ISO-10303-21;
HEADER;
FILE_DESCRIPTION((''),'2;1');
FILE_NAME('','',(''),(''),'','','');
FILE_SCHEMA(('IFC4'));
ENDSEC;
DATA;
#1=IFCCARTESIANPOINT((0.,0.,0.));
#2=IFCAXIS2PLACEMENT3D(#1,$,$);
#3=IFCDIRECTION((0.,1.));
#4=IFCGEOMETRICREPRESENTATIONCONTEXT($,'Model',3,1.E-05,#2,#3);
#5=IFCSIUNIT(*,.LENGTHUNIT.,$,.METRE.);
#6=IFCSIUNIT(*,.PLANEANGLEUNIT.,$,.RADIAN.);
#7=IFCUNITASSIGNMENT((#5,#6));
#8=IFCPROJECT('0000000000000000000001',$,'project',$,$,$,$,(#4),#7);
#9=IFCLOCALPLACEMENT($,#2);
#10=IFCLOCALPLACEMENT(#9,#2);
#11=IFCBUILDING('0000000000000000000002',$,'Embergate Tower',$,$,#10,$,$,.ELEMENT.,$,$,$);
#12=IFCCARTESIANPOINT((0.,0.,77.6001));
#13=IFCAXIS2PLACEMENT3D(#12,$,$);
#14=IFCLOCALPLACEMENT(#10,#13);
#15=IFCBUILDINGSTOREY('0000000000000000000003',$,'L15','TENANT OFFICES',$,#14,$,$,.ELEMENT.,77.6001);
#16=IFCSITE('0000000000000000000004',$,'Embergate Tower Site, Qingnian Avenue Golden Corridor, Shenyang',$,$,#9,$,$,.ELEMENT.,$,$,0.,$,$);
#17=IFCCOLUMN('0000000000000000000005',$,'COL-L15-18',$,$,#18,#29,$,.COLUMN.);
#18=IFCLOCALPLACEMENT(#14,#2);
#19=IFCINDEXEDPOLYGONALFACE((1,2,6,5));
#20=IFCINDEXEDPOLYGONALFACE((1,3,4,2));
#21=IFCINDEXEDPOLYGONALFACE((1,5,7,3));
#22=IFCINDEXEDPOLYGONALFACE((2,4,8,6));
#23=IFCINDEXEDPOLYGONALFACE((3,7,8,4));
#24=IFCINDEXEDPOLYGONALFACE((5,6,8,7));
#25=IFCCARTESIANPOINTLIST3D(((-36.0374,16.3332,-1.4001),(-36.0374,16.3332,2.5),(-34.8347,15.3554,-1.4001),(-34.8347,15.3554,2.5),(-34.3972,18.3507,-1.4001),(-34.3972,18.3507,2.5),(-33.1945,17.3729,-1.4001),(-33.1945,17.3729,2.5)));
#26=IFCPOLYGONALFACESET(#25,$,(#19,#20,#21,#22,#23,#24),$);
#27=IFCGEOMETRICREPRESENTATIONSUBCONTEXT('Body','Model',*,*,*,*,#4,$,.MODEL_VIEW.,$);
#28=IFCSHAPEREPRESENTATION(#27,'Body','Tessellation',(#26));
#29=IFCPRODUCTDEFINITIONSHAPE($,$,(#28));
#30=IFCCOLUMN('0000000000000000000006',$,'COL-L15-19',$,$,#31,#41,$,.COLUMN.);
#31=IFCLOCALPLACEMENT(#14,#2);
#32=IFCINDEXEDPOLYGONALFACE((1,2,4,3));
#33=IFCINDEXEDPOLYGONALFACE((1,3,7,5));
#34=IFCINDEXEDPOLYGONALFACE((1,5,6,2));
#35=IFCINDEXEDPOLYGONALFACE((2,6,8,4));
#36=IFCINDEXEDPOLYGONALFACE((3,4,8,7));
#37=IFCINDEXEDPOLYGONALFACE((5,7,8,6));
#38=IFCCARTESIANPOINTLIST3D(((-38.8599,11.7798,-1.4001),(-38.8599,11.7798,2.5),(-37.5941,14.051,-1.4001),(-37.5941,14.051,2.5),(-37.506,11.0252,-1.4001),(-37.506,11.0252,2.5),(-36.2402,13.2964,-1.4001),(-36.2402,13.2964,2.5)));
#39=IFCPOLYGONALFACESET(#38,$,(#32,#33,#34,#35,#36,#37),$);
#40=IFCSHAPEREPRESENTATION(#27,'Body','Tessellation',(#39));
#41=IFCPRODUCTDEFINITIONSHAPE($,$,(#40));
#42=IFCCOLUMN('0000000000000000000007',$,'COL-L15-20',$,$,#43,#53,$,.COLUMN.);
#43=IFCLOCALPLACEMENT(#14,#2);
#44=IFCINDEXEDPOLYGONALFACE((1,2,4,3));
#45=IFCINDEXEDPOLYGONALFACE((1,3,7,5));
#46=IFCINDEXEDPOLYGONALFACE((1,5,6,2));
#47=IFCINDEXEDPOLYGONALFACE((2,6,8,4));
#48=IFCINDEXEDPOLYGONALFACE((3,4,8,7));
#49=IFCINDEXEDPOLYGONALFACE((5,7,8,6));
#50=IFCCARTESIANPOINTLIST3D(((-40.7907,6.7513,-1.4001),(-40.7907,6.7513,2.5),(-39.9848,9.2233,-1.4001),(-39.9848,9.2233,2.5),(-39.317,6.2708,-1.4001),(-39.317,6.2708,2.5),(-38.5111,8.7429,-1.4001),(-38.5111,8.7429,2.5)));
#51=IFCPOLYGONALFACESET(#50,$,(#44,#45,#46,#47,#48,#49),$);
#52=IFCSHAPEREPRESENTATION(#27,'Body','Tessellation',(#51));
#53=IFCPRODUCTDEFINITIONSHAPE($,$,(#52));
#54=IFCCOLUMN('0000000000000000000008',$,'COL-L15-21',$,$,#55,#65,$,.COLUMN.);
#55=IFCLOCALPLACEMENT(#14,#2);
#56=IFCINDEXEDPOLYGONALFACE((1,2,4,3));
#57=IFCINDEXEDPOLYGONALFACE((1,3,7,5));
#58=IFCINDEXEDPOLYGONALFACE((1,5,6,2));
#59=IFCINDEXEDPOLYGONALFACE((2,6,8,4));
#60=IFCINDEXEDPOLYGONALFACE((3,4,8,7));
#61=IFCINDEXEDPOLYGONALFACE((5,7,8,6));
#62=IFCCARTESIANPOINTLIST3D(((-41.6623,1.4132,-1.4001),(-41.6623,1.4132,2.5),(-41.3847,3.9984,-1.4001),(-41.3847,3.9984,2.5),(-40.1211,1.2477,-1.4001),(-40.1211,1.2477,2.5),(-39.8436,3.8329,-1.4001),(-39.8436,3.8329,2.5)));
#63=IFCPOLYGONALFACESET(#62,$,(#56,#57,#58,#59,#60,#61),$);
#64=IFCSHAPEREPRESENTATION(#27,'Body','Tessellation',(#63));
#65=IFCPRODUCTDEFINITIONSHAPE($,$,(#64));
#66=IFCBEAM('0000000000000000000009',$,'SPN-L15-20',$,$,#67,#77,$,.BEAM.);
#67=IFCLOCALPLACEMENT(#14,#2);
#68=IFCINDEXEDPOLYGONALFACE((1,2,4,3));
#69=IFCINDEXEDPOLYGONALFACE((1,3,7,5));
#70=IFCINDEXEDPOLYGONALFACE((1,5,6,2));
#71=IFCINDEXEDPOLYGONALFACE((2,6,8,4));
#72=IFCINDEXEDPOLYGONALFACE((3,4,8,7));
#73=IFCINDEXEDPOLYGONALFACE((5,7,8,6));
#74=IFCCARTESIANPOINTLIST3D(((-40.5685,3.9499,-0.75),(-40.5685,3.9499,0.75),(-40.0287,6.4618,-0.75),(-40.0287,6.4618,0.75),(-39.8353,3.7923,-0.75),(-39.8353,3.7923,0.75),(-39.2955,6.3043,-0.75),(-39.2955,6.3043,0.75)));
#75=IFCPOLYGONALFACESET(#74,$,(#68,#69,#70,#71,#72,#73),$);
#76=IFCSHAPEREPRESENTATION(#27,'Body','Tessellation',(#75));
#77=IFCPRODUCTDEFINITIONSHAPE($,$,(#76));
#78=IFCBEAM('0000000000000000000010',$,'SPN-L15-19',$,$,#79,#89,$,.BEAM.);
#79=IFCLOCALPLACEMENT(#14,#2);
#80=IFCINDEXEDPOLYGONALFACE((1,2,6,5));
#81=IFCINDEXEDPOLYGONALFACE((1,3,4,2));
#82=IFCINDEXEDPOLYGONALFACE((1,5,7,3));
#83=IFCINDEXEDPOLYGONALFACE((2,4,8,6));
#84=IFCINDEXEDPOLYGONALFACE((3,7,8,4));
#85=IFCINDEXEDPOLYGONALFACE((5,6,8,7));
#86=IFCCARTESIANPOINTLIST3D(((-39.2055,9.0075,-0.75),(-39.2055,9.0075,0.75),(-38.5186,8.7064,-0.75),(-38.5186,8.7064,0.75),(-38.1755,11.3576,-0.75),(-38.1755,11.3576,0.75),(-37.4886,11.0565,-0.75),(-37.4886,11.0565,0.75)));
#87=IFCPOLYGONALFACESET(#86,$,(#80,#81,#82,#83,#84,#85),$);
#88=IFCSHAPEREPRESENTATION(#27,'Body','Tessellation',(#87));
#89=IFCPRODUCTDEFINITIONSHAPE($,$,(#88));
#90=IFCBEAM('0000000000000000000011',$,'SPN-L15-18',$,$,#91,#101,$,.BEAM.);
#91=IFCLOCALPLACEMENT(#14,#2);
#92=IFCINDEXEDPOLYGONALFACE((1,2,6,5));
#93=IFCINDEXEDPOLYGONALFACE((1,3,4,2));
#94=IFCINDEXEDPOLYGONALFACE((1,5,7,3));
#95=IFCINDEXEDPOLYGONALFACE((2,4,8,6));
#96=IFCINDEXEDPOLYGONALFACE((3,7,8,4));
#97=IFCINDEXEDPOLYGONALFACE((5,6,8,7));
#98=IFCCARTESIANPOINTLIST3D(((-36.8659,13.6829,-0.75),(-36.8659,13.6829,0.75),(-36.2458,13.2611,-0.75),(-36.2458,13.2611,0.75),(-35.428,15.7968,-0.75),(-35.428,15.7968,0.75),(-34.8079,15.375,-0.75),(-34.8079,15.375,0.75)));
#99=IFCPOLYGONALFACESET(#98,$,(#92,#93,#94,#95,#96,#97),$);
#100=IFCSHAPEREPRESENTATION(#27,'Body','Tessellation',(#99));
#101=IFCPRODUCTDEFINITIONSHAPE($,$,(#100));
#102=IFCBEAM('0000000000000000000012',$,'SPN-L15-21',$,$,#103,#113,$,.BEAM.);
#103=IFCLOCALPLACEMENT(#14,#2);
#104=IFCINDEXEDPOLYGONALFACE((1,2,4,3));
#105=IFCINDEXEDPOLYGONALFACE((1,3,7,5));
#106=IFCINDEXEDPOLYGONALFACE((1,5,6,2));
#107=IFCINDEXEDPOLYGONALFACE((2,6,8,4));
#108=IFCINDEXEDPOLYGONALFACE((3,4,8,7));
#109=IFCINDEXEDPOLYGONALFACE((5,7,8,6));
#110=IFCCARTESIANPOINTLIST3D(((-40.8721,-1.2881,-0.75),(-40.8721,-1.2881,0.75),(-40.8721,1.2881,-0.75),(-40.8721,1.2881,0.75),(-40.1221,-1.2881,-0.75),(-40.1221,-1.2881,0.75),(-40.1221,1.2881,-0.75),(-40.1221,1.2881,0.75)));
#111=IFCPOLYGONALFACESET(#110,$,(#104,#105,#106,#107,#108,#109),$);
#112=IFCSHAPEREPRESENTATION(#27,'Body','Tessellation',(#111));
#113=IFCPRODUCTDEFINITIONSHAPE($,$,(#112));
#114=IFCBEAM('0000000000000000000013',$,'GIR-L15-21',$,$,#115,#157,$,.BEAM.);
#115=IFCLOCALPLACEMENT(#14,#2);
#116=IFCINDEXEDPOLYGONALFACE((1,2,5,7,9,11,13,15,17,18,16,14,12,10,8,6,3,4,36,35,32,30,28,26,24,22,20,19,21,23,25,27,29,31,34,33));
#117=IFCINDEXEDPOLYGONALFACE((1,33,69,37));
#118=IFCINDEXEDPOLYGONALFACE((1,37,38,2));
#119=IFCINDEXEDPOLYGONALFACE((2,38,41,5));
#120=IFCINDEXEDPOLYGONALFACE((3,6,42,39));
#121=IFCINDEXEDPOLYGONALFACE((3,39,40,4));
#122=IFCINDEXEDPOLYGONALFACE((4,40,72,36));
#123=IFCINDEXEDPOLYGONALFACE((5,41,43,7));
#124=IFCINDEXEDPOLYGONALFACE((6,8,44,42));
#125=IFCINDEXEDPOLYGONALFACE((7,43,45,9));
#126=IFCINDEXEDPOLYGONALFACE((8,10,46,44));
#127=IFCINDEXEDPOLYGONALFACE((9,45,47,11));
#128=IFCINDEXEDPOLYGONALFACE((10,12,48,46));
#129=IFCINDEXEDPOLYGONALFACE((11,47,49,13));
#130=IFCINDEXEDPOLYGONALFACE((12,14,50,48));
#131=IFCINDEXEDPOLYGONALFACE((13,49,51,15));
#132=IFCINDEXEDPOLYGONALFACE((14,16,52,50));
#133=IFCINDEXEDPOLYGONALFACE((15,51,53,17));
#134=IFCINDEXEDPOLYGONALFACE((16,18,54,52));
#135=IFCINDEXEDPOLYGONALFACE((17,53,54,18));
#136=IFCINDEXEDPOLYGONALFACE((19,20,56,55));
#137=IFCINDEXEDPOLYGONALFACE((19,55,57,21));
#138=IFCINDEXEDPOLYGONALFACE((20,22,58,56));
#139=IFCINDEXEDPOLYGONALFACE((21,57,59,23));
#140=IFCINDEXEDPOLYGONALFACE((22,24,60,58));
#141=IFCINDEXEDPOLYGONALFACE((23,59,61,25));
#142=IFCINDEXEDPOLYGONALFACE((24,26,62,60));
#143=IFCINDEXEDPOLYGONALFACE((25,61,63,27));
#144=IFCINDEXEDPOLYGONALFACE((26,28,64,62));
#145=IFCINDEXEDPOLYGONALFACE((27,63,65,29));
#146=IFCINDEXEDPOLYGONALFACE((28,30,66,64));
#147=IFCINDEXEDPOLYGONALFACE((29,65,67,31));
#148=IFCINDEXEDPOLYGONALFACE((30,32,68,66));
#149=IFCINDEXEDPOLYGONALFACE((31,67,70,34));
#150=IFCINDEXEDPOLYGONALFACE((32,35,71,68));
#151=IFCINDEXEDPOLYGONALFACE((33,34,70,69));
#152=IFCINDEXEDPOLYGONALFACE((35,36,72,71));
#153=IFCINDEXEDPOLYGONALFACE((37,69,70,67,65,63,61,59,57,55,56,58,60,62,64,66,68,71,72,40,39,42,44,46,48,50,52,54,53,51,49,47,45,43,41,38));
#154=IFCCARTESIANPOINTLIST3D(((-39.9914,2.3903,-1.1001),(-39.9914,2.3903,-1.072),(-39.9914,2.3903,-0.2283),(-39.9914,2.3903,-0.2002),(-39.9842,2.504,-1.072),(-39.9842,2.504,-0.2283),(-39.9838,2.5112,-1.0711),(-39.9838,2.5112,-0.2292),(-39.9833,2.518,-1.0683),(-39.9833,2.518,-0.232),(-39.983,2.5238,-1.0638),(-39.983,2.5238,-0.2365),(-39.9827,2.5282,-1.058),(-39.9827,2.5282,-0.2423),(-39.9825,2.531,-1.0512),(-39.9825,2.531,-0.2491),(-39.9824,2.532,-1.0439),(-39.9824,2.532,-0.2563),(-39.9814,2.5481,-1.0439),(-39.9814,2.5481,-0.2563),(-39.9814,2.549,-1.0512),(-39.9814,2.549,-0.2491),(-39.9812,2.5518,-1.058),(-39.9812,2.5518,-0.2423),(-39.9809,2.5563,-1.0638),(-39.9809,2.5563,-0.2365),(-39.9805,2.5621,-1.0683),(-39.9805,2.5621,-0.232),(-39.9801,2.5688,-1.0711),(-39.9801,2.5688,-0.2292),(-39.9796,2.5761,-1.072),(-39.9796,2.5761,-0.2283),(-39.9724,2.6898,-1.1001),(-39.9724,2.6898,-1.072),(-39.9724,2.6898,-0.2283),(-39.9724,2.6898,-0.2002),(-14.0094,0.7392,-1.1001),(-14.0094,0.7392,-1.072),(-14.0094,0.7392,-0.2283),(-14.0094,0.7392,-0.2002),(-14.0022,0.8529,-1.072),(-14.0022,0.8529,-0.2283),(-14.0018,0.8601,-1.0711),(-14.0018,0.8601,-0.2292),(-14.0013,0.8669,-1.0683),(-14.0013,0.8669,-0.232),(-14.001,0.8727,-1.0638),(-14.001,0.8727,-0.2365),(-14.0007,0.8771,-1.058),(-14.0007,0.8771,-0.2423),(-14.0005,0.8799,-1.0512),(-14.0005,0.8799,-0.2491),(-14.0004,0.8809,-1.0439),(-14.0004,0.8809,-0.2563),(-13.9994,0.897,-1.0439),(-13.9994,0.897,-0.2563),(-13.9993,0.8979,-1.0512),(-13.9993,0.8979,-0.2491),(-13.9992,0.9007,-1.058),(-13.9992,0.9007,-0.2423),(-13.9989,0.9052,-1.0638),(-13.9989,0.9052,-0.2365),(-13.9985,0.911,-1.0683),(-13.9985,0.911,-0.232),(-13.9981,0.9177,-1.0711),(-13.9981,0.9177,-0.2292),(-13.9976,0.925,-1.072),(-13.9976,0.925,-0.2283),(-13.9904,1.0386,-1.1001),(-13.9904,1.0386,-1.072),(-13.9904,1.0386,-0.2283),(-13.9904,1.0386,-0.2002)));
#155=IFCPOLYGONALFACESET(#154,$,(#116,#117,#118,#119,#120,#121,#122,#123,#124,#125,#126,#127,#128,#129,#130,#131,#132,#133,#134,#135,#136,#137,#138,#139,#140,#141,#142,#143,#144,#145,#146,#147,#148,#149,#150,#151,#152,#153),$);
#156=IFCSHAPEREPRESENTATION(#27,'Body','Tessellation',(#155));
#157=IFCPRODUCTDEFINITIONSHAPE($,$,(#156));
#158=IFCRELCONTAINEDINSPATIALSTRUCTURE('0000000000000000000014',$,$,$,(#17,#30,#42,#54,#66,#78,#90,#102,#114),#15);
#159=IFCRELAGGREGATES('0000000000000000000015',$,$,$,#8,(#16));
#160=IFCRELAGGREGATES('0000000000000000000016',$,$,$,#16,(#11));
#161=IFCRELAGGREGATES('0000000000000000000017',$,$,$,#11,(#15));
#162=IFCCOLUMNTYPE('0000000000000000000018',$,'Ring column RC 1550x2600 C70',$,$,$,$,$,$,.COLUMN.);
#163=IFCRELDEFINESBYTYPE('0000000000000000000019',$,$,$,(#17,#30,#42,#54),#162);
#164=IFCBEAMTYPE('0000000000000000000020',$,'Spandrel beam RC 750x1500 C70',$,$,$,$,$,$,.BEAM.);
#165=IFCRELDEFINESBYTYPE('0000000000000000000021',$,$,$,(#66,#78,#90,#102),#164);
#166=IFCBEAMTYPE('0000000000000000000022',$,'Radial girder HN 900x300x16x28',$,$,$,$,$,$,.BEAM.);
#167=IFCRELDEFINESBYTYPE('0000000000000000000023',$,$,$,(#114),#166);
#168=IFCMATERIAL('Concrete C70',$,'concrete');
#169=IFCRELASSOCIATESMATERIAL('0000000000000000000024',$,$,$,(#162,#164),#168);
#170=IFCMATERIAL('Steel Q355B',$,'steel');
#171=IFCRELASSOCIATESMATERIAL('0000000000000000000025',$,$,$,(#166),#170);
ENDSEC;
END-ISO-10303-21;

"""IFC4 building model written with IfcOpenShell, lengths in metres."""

from ifc_helpers import new_model, si_unit, direction, frame, origin, origin_2d, place, context, subcontext, project, spatial, rectangle, i_section, extrude, source, transform, mapped, material, material_profile, profile_set, type_object, element, save


model = new_model("IFC4")

# Units and contexts
model_context = context("Model", 3, precision=1e-05, world=origin(), true_north=direction((0.0, 1.0)))
body_context = subcontext(model_context, "Body", "Model", "MODEL_VIEW")
ifc_project = project(units=[si_unit("LENGTHUNIT", "METRE"), si_unit("PLANEANGLEUNIT", "RADIAN")], contexts=[model_context])

# Site, building, storey
site_placement = place(None, origin())
site = spatial("IfcSite", under=ifc_project, at=site_placement, Name="Embergate Tower Site, Qingnian Avenue Golden Corridor, Shenyang", CompositionType="ELEMENT", RefElevation=0.0)
building_placement = place(site_placement, origin())
building = spatial("IfcBuilding", under=site, at=building_placement, Name="Embergate Tower", CompositionType="ELEMENT")
storey_placement = place(building_placement, frame((0.0, 0.0, 77.6001)))
storey = spatial("IfcBuildingStorey", under=building, at=storey_placement, Name="L15", Description="TENANT OFFICES", CompositionType="ELEMENT", Elevation=77.6001)

# Columns
ifc_material_1 = material(Name="Concrete C70", Category="concrete")
ifc_material_profile_1 = material_profile(ifc_material_1, rectangle(XDim=1.55, YDim=2.6001, at=origin_2d()), Name="RC 1550x2600")
ifc_profile_set_1 = profile_set([ifc_material_profile_1], Name="Concrete C70")
column_type = type_object("IfcColumnType", Name="Ring column RC 1550x2600 C70", PredefinedType="COLUMN", material=ifc_profile_set_1)
shared_shape_1 = source(origin(), body_context, "Body", "SweptSolid", [
    extrude(rectangle(XDim=1.55, YDim=2.6001, at=origin_2d()), origin(), (0.0, 0.0, 1.0), 3.9001),
])
for number, where, z_axis, x_axis, name in (
    (1, (-34.616, 16.853, -1.4001), (0.0, 0.0, 1.0), (-0.775925, 0.630825, 0.0), "COL-L15-18"),
    (2, (-37.55, 12.5381, -1.4001), (0.0, 0.0, 1.0), (-0.8735, 0.486823, 0.0), "COL-L15-19"),
    (3, (-39.6509, 7.7471, -1.4001), (0.0, 0.0, 1.0), (-0.950754, 0.309946, 0.0), "COL-L15-20"),
    (4, (-40.7529, 2.623, -1.4001), (0.0, 0.0, 1.0), (-0.994286, 0.10675, 0.0), "COL-L15-21"),
):
    element("IfcColumn", number, at=place(storey_placement, frame(where, z_axis=z_axis, x_axis=x_axis)), inside=storey, type_object=column_type, Name=name, PredefinedType="COLUMN", context=body_context, shape_type="MappedRepresentation", body=[
        mapped(shared_shape_1, transform((0.0, 0.0, 0.0))),
    ])

# Beams
ifc_material_profile_2 = material_profile(ifc_material_1, rectangle(XDim=0.75, YDim=1.5, at=origin_2d()), Name="RC 750x1500")
ifc_profile_set_2 = profile_set([ifc_material_profile_2], Name="Concrete C70")
beam_type_1 = type_object("IfcBeamType", Name="Spandrel beam RC 750x1500 C70", PredefinedType="BEAM", material=ifc_profile_set_2)
shared_shape_2 = source(origin(), body_context, "Body", "SweptSolid", [
    extrude(rectangle(XDim=0.75, YDim=1.5, at=origin_2d()), origin(), (0.0, 0.0, 1.0), 2.5693),
])
beam_1_placement = place(storey_placement, frame((-39.6621, 6.3831, 0.0), z_axis=(-0.210094, -0.977681, 0.0), x_axis=(0.977681, -0.210094, 0.0)))
element("IfcBeam", 5, at=beam_1_placement, inside=storey, type_object=beam_type_1, Name="SPN-L15-20", PredefinedType="BEAM", context=body_context, shape_type="MappedRepresentation", body=[
    mapped(shared_shape_2, transform((0.0, 0.0, 0.0))),
])
shared_shape_3 = source(origin(), body_context, "Body", "SweptSolid", [
    extrude(rectangle(XDim=0.75, YDim=1.5, at=origin_2d()), origin(), (0.0, 0.0, 1.0), 2.5659),
])
beam_2_placement = place(storey_placement, frame((-37.832, 11.207, 0.0), z_axis=(-0.401428, -0.915891, 0.0), x_axis=(0.915891, -0.401428, 0.0)))
element("IfcBeam", 6, at=beam_2_placement, inside=storey, type_object=beam_type_1, Name="SPN-L15-19", PredefinedType="BEAM", context=body_context, shape_type="MappedRepresentation", body=[
    mapped(shared_shape_3, transform((0.0, 0.0, 0.0))),
])
shared_shape_4 = source(origin(), body_context, "Body", "SweptSolid", [
    extrude(rectangle(XDim=0.75, YDim=1.5, at=origin_2d()), origin(), (0.0, 0.0, 1.0), 2.5566),
])
beam_3_placement = place(storey_placement, frame((-35.1179, 15.5859, 0.0), z_axis=(-0.562433, -0.826843, 0.0), x_axis=(0.826843, -0.562433, 0.0)))
element("IfcBeam", 7, at=beam_3_placement, inside=storey, type_object=beam_type_1, Name="SPN-L15-18", PredefinedType="BEAM", context=body_context, shape_type="MappedRepresentation", body=[
    mapped(shared_shape_4, transform((0.0, 0.0, 0.0))),
])
shared_shape_5 = source(origin(), body_context, "Body", "SweptSolid", [
    extrude(rectangle(XDim=0.75, YDim=1.5, at=origin_2d()), origin(), (0.0, 0.0, 1.0), 2.5762),
])
beam_4_placement = place(storey_placement, frame((-40.4971, 1.2881, 0.0), z_axis=(0.0, -1.0, 0.0), x_axis=(1.0, 0.0, 0.0)))
element("IfcBeam", 8, at=beam_4_placement, inside=storey, type_object=beam_type_1, Name="SPN-L15-21", PredefinedType="BEAM", context=body_context, shape_type="MappedRepresentation", body=[
    mapped(shared_shape_5, transform((0.0, 0.0, 0.0))),
])
ifc_material_2 = material(Name="Steel Q355B", Category="steel")
ifc_material_profile_3 = material_profile(ifc_material_2, i_section(OverallWidth=0.3, OverallDepth=0.8999, WebThickness=0.0161, FlangeThickness=0.0281, FilletRadius=0.0281, at=origin_2d()), Name="HN 900x300x16x28")
ifc_profile_set_3 = profile_set([ifc_material_profile_3], Name="Steel Q355 grade B")
beam_type_2 = type_object("IfcBeamType", Name="Radial girder HN 900x300x16x28", PredefinedType="BEAM", material=ifc_profile_set_3)
shared_shape_6 = source(origin(), body_context, "Body", "SweptSolid", [
    extrude(i_section(OverallWidth=0.3, OverallDepth=0.8999, WebThickness=0.0161, FlangeThickness=0.0281, FilletRadius=0.0281, at=origin_2d()), origin(), (0.0, 0.0, 1.0), 26.0344),
])
beam_5_placement = place(storey_placement, frame((-39.9819, 2.54, -0.6501), z_axis=(0.997987, -0.063421, 0.0), x_axis=(0.063421, 0.997987, 0.0)))
element("IfcBeam", 9, at=beam_5_placement, inside=storey, type_object=beam_type_2, Name="GIR-L15-21", PredefinedType="BEAM", context=body_context, shape_type="MappedRepresentation", body=[
    mapped(shared_shape_6, transform((0.0, 0.0, 0.0))),
])

save(model, "model.ifc")
